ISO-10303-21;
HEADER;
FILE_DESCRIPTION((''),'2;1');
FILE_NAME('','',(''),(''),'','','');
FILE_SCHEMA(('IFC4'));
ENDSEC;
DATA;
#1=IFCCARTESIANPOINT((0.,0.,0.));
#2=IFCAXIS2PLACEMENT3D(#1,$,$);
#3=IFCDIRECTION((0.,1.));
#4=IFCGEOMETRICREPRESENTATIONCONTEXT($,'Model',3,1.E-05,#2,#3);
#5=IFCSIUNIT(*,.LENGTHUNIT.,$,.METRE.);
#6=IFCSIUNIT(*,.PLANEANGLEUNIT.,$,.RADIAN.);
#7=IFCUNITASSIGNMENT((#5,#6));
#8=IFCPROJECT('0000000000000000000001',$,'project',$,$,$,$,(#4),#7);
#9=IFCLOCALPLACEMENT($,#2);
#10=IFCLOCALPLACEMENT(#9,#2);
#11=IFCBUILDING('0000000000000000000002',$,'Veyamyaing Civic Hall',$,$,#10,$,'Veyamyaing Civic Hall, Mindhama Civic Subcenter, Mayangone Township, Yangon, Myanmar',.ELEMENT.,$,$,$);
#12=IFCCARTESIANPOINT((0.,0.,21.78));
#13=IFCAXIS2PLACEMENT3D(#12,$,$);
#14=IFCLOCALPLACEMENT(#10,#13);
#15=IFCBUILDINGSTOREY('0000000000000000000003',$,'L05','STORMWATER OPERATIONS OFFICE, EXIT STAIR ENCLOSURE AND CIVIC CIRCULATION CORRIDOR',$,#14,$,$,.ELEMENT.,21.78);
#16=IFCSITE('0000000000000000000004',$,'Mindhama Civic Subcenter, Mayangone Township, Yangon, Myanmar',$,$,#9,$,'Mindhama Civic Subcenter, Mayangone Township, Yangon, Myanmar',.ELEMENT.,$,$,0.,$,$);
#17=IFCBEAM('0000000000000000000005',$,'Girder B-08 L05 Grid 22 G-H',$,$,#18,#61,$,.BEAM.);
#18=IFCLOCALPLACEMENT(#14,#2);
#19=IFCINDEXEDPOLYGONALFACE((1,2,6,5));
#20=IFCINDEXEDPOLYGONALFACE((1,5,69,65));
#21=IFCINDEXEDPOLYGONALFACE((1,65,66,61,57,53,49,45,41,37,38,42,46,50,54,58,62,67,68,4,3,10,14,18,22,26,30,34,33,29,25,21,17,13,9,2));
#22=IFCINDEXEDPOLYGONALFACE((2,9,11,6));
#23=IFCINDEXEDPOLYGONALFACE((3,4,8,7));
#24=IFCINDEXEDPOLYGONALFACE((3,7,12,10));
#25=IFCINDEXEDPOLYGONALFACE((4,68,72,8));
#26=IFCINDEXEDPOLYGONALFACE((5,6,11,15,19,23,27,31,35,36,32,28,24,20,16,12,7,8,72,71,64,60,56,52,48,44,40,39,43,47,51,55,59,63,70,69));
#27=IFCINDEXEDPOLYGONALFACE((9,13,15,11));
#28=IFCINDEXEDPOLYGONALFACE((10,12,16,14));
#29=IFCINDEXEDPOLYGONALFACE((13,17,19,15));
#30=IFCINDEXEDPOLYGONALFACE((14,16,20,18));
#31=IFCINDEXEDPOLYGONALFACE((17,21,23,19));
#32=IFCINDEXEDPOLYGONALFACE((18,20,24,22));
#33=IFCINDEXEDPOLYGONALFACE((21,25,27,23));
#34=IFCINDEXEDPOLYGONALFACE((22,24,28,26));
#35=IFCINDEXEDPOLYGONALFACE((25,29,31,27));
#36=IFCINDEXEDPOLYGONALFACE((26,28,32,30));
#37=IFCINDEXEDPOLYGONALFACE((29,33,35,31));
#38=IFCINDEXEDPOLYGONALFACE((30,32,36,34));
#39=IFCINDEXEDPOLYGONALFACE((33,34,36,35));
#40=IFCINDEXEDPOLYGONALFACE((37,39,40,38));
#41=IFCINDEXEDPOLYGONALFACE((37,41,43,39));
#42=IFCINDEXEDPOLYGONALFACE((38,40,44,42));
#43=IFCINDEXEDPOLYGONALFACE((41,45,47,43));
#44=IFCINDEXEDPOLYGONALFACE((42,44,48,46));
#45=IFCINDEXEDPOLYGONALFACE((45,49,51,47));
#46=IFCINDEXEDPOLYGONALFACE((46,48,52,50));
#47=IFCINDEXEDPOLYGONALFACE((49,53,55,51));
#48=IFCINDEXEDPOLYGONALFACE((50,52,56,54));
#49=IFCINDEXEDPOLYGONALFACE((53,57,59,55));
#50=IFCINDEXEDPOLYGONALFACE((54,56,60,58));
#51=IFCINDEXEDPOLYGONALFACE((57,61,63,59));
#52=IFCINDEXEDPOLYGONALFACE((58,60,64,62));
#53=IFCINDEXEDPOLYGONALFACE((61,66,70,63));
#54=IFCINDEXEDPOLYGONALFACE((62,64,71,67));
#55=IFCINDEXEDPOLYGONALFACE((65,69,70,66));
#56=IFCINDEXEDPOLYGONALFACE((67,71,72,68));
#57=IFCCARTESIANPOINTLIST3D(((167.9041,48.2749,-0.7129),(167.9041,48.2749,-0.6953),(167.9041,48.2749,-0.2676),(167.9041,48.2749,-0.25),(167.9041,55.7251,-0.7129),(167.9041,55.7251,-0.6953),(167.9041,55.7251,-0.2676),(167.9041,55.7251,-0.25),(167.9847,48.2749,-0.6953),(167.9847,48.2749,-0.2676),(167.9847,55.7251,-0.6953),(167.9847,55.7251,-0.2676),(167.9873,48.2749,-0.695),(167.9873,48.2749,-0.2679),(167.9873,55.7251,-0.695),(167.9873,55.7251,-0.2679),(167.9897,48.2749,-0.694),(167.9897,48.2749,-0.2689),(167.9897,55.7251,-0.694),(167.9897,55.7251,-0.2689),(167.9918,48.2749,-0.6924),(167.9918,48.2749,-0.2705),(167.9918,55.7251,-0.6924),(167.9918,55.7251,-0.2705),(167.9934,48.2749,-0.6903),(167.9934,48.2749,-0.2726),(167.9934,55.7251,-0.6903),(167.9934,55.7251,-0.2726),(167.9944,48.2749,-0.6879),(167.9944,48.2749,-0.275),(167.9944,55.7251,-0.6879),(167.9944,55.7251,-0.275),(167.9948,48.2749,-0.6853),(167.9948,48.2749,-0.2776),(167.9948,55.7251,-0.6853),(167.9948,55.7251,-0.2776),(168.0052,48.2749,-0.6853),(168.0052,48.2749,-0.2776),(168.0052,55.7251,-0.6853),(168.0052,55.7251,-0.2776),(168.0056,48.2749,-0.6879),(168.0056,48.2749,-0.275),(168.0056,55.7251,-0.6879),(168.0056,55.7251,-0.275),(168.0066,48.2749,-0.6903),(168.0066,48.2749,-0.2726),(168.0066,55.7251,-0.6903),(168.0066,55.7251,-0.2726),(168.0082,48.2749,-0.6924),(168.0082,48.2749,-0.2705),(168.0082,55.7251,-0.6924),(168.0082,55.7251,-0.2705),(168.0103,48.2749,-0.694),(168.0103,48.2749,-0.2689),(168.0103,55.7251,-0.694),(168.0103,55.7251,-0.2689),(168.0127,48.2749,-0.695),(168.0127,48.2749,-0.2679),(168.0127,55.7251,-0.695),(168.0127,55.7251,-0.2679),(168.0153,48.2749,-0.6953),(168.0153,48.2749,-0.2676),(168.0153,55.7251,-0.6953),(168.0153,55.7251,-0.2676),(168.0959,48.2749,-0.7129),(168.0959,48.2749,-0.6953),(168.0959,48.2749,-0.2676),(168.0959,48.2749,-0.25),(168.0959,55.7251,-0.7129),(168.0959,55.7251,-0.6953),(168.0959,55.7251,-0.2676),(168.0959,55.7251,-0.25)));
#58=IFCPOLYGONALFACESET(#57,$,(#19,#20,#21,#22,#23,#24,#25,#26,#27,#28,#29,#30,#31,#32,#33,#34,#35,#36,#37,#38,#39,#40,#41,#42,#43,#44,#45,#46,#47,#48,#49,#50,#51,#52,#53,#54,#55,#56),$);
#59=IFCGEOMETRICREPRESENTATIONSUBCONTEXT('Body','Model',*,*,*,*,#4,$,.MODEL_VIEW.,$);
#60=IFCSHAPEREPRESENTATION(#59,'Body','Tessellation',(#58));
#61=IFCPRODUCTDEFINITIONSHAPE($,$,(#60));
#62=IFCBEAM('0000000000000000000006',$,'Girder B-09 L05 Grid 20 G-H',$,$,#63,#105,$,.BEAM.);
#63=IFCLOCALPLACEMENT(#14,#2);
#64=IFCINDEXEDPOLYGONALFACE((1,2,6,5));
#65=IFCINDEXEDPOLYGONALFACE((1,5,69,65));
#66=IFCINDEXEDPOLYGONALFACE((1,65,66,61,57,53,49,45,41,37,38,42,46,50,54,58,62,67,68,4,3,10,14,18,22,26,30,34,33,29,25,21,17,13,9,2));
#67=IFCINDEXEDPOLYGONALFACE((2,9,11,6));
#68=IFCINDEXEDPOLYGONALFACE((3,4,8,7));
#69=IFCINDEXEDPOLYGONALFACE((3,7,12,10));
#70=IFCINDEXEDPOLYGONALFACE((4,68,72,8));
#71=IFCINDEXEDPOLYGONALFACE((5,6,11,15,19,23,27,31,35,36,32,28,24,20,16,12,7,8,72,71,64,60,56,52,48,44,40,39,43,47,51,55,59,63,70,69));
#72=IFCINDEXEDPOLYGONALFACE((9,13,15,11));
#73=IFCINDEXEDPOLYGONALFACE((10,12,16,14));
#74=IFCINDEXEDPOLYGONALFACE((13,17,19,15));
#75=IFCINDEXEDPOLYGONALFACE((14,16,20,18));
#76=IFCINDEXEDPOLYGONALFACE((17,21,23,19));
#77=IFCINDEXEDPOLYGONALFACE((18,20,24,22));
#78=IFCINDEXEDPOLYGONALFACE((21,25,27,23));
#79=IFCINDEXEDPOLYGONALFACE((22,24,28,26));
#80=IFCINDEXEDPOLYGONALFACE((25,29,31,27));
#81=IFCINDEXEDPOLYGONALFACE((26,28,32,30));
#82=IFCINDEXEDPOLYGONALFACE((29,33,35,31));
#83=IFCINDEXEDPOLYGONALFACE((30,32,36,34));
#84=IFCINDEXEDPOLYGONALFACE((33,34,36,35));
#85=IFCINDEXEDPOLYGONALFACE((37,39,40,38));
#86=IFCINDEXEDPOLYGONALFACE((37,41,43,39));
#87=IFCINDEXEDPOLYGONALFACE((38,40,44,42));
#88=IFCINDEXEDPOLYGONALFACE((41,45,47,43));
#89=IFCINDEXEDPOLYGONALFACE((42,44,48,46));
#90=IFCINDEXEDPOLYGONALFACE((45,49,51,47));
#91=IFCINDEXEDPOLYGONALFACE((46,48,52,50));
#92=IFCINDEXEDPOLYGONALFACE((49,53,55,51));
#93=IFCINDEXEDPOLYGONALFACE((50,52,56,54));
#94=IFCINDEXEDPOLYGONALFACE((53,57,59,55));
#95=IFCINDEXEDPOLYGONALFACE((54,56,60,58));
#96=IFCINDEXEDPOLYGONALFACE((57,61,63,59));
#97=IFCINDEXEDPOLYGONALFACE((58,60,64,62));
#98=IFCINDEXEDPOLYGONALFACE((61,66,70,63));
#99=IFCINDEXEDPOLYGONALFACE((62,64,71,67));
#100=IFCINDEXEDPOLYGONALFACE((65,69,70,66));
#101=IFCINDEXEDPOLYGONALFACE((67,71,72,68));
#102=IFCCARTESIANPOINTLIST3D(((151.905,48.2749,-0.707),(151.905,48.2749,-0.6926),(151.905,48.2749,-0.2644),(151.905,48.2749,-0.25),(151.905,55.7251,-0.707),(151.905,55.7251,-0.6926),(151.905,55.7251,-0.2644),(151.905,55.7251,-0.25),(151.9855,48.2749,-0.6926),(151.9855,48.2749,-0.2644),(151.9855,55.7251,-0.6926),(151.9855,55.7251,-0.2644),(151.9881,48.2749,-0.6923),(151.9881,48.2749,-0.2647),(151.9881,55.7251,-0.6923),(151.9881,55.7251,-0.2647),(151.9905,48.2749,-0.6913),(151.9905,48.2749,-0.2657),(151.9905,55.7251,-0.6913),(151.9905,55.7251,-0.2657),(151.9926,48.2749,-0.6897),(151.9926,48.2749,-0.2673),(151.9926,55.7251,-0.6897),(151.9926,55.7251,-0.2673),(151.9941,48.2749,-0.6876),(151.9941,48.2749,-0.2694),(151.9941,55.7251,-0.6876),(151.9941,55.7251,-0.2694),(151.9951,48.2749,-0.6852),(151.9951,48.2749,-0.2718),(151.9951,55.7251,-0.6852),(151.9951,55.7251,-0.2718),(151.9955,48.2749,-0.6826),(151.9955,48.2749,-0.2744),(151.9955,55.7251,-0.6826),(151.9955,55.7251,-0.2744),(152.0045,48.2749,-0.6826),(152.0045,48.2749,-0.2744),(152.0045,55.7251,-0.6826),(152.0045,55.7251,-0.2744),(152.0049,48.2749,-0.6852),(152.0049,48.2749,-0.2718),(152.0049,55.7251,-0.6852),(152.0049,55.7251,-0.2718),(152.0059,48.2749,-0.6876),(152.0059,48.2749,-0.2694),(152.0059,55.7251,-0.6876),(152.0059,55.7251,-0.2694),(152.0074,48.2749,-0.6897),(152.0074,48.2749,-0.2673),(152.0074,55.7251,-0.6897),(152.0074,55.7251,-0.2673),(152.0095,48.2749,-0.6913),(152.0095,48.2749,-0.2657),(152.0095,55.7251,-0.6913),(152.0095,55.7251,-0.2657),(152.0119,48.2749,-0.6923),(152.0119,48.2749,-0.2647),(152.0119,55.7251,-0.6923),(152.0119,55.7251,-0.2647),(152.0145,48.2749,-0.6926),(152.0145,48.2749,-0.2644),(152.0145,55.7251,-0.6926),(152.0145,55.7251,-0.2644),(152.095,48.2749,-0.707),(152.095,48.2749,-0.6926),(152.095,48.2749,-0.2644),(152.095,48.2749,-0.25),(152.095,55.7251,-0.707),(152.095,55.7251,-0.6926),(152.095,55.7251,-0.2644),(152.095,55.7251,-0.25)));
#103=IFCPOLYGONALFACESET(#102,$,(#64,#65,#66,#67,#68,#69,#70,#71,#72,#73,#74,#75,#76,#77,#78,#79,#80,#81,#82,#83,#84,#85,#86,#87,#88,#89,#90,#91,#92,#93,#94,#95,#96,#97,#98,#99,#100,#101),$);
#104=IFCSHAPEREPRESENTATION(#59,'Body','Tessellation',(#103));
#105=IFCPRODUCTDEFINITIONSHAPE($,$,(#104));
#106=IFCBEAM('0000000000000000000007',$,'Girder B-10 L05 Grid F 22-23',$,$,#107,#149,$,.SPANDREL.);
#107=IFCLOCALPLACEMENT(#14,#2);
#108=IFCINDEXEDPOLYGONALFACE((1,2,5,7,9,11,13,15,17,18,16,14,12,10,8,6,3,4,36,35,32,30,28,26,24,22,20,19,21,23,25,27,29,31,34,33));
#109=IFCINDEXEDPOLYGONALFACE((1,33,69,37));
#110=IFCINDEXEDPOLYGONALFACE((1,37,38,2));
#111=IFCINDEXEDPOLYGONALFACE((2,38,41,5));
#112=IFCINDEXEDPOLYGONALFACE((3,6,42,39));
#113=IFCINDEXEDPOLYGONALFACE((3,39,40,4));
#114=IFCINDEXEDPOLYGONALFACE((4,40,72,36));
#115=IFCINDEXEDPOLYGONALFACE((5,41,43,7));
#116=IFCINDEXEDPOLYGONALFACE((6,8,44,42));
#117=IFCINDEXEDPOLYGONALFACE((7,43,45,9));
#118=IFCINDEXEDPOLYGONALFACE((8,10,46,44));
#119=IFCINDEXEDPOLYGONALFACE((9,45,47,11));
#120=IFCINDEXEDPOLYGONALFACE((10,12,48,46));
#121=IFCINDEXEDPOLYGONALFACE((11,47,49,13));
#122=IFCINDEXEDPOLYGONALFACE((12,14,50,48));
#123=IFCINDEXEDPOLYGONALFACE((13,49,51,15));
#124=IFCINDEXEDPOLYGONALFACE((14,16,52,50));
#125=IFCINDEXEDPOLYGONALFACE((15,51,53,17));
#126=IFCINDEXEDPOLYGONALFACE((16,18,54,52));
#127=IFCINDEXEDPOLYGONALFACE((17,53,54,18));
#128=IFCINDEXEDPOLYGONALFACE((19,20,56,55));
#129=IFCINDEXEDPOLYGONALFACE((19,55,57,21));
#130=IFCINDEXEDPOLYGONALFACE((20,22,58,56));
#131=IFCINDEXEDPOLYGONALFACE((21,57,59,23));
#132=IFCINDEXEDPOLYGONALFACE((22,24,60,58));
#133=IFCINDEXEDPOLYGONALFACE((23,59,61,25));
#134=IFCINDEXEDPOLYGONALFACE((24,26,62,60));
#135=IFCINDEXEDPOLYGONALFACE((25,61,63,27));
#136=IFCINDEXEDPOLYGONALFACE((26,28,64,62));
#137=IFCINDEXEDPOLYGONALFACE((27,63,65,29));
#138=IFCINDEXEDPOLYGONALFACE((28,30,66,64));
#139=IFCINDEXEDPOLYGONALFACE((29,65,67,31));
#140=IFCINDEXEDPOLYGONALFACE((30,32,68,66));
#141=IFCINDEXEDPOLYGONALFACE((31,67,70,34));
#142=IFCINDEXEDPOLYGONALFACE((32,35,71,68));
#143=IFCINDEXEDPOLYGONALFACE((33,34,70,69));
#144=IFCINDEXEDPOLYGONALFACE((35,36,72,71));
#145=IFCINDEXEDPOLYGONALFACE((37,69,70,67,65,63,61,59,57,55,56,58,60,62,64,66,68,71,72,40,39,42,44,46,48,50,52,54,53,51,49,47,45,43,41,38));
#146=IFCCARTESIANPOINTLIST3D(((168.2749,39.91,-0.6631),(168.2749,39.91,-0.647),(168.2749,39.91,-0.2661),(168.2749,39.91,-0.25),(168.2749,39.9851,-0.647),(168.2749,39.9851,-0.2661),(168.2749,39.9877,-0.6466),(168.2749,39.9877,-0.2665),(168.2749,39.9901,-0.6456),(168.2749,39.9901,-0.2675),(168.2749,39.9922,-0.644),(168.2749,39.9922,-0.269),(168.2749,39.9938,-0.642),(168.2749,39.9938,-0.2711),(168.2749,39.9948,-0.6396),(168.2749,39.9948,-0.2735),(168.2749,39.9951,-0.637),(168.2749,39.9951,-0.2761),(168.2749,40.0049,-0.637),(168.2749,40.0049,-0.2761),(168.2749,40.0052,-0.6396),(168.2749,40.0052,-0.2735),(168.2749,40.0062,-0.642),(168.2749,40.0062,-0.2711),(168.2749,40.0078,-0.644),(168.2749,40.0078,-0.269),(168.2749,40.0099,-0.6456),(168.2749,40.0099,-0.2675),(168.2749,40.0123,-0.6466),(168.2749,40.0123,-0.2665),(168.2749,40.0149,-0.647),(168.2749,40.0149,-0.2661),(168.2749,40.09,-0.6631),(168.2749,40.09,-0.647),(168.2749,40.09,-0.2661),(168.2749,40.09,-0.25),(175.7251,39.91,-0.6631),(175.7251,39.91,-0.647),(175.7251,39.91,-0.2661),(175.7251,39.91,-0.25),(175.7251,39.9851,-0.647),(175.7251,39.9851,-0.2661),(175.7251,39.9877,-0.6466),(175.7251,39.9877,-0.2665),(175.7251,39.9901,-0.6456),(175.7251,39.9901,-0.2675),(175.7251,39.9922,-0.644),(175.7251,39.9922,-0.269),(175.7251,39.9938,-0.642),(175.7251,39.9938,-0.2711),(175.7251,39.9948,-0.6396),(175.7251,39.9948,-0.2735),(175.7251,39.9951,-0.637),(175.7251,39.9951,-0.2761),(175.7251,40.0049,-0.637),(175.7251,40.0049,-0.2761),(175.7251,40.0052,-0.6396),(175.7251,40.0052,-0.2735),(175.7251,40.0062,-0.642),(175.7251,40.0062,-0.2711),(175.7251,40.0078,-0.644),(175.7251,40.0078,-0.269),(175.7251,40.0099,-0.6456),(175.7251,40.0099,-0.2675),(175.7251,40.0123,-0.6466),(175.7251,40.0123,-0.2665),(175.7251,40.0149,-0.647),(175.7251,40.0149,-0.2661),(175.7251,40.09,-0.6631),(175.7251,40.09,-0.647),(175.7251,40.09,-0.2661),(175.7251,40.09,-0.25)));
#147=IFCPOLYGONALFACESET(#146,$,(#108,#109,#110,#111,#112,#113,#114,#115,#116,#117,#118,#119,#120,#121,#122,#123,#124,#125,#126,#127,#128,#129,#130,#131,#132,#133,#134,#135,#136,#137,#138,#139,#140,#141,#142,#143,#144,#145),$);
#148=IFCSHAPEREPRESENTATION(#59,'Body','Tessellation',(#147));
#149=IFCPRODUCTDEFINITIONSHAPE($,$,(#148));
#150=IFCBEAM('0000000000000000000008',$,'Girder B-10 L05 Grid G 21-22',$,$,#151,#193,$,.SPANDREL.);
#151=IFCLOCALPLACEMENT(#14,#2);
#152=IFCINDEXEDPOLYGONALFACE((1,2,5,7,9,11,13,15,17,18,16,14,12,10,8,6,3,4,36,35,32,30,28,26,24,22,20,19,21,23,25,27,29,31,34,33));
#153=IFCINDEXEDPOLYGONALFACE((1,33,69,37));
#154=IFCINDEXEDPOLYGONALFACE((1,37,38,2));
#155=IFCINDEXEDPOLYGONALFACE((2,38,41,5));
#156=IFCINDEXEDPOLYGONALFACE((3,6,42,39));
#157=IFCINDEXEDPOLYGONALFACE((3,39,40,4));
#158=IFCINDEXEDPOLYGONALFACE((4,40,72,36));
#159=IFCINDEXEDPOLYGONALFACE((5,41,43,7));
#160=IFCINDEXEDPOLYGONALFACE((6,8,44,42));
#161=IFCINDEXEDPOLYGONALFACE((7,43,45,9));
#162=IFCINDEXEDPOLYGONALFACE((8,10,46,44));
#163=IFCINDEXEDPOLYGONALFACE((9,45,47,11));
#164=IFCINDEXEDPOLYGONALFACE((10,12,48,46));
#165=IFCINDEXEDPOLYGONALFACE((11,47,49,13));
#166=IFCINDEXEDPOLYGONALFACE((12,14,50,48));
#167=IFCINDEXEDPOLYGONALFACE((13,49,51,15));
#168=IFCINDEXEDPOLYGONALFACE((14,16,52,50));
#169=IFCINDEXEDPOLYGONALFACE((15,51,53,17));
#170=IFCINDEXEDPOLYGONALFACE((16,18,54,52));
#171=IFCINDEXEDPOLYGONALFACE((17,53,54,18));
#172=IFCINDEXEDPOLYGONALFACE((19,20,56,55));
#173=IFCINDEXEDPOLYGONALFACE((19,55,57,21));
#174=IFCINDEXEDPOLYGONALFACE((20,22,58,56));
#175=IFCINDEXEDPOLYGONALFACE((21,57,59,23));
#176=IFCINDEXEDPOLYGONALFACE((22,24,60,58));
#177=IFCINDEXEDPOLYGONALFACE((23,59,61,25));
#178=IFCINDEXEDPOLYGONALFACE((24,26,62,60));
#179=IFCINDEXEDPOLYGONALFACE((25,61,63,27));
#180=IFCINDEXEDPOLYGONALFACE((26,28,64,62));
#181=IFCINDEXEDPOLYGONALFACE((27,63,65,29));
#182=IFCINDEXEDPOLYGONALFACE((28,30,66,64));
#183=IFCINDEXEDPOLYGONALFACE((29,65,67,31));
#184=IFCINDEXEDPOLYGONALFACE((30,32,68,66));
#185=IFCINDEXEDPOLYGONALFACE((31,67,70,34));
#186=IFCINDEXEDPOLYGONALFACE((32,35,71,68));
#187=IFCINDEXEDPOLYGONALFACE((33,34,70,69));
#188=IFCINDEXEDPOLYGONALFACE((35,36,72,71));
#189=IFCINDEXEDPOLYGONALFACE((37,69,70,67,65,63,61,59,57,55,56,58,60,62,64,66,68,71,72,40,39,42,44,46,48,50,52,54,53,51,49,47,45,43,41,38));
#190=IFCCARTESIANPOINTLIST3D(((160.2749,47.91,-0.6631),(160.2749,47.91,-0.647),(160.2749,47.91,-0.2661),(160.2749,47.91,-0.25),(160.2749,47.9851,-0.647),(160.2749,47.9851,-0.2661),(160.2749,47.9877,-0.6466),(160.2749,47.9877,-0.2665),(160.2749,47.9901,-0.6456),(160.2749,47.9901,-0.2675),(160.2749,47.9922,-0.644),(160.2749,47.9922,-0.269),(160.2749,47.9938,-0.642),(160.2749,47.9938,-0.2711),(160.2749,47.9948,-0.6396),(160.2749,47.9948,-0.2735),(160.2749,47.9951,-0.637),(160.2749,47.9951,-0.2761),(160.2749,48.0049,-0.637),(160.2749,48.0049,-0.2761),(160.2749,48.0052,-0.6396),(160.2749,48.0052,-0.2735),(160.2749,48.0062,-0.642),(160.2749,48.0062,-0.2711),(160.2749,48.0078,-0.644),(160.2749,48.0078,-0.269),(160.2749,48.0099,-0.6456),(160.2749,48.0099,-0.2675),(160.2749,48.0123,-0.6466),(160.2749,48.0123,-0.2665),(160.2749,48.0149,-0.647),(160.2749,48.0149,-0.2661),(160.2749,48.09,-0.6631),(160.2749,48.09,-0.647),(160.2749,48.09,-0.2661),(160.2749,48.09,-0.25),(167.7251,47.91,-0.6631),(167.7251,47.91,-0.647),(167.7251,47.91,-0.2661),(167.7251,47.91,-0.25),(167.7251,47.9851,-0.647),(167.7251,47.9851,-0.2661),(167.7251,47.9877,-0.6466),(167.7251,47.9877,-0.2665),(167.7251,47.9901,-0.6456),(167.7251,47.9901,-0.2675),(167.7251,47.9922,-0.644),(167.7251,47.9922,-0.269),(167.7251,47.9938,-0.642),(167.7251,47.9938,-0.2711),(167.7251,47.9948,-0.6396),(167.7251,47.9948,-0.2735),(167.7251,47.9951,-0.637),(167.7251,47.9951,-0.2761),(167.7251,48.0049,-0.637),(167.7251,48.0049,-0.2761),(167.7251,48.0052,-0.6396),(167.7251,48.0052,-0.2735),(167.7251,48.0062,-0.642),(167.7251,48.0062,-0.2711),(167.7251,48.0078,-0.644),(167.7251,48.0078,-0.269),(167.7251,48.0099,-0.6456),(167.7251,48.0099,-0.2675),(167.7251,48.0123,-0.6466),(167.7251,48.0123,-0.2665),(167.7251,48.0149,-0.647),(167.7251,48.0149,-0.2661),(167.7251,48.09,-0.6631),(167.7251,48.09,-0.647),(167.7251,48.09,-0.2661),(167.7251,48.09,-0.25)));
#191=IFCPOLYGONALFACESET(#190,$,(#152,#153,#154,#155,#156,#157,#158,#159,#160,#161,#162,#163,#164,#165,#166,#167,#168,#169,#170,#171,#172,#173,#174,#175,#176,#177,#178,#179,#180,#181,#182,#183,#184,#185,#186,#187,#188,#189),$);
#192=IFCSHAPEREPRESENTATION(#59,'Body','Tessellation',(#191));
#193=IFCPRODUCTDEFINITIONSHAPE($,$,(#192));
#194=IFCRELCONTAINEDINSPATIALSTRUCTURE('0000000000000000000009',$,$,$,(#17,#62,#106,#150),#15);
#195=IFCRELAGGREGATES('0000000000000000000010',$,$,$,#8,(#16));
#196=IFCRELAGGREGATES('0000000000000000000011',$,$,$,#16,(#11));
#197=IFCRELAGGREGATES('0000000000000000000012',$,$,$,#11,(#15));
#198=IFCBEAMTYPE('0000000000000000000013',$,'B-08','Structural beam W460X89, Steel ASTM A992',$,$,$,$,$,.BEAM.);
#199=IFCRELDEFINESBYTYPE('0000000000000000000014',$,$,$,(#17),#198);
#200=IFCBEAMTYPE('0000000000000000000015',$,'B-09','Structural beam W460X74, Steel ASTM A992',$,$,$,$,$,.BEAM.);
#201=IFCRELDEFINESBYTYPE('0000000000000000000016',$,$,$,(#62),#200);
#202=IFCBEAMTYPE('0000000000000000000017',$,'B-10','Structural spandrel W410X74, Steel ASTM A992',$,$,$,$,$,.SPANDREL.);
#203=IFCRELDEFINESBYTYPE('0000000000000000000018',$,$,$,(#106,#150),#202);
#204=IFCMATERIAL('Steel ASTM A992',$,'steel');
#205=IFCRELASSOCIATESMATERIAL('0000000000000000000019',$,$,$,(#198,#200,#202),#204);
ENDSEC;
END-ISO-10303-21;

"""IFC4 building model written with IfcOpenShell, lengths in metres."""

from ifc_helpers import new_model, si_unit, direction, frame, origin, origin_2d, place, context, subcontext, project, spatial, i_section, extrude, material, material_profile, profile_set, type_object, element, save


model = new_model("IFC4")

# Units and contexts
model_context = context("Model", 3, precision=1e-05, world=origin(), true_north=direction((0.0, 1.0)))
body_context = subcontext(model_context, "Body", "Model", "MODEL_VIEW")
ifc_project = project(units=[si_unit("LENGTHUNIT", "METRE"), si_unit("PLANEANGLEUNIT", "RADIAN")], contexts=[model_context])

# Site, building, storey
site_placement = place(None, origin())
site = spatial("IfcSite", under=ifc_project, at=site_placement, Name="Mindhama Civic Subcenter, Mayangone Township, Yangon, Myanmar", LongName="Mindhama Civic Subcenter, Mayangone Township, Yangon, Myanmar", CompositionType="ELEMENT", RefElevation=0.0)
building_placement = place(site_placement, origin())
building = spatial("IfcBuilding", under=site, at=building_placement, Name="Veyamyaing Civic Hall", LongName="Veyamyaing Civic Hall, Mindhama Civic Subcenter, Mayangone Township, Yangon, Myanmar", CompositionType="ELEMENT")
storey_placement = place(building_placement, frame((0.0, 0.0, 21.78)))
storey = spatial("IfcBuildingStorey", under=building, at=storey_placement, Name="L05", Description="STORMWATER OPERATIONS OFFICE, EXIT STAIR ENCLOSURE AND CIVIC CIRCULATION CORRIDOR", CompositionType="ELEMENT", Elevation=21.78)

# Beams
ifc_material = material(Name="Steel ASTM A992", Category="steel")
ifc_material_profile_1 = material_profile(ifc_material, i_section(OverallWidth=0.1919, OverallDepth=0.4629, WebThickness=0.0105, FlangeThickness=0.0176, FilletRadius=0.01, at=origin_2d()), Name="W460X89")
ifc_profile_set_1 = profile_set([ifc_material_profile_1], Name="Steel ASTM A992")
beam_type_1 = type_object("IfcBeamType", Name="B-08", Description="Structural beam W460X89, Steel ASTM A992", PredefinedType="BEAM", material=ifc_profile_set_1)
beam_1_placement = place(storey_placement, frame((168.0, 48.2749, -0.4814), z_axis=(0.0, 1.0, 0.0), x_axis=(-1.0, 0.0, 0.0)))
element("IfcBeam", 1, at=beam_1_placement, inside=storey, type_object=beam_type_1, Name="Girder B-08 L05 Grid 22 G-H", PredefinedType="BEAM", context=body_context, shape_type="SweptSolid", body=[
    extrude(i_section(OverallWidth=0.1919, OverallDepth=0.4629, WebThickness=0.0105, FlangeThickness=0.0176, FilletRadius=0.01, at=origin_2d()), origin(), (0.0, 0.0, 1.0), 7.4502),
])
ifc_material_profile_2 = material_profile(ifc_material, i_section(OverallWidth=0.1899, OverallDepth=0.457, WebThickness=0.009, FlangeThickness=0.0144, FilletRadius=0.01, at=origin_2d()), Name="W460X74")
ifc_profile_set_2 = profile_set([ifc_material_profile_2], Name="Steel ASTM A992")
beam_type_2 = type_object("IfcBeamType", Name="B-09", Description="Structural beam W460X74, Steel ASTM A992", PredefinedType="BEAM", material=ifc_profile_set_2)
beam_2_placement = place(storey_placement, frame((152.0, 48.2749, -0.4785), z_axis=(0.0, 1.0, 0.0), x_axis=(-1.0, 0.0, 0.0)))
element("IfcBeam", 2, at=beam_2_placement, inside=storey, type_object=beam_type_2, Name="Girder B-09 L05 Grid 20 G-H", PredefinedType="BEAM", context=body_context, shape_type="SweptSolid", body=[
    extrude(i_section(OverallWidth=0.1899, OverallDepth=0.457, WebThickness=0.009, FlangeThickness=0.0144, FilletRadius=0.01, at=origin_2d()), origin(), (0.0, 0.0, 1.0), 7.4502),
])
ifc_material_profile_3 = material_profile(ifc_material, i_section(OverallWidth=0.1799, OverallDepth=0.4131, WebThickness=0.0098, FlangeThickness=0.0161, FilletRadius=0.01, at=origin_2d()), Name="W410X74")
ifc_profile_set_3 = profile_set([ifc_material_profile_3], Name="Steel ASTM A992")
beam_type_3 = type_object("IfcBeamType", Name="B-10", Description="Structural spandrel W410X74, Steel ASTM A992", PredefinedType="SPANDREL", material=ifc_profile_set_3)
for number, where, z_axis, x_axis, name in (
    (3, (168.2749, 40.0, -0.4565), (1.0, 0.0, 0.0), (0.0, 1.0, 0.0), "Girder B-10 L05 Grid F 22-23"),
    (4, (160.2749, 48.0, -0.4565), (1.0, 0.0, 0.0), (0.0, 1.0, 0.0), "Girder B-10 L05 Grid G 21-22"),
):
    element("IfcBeam", number, at=place(storey_placement, frame(where, z_axis=z_axis, x_axis=x_axis)), inside=storey, type_object=beam_type_3, Name=name, PredefinedType="SPANDREL", context=body_context, shape_type="SweptSolid", body=[
        extrude(i_section(OverallWidth=0.1799, OverallDepth=0.4131, WebThickness=0.0098, FlangeThickness=0.0161, FilletRadius=0.01, at=origin_2d()), origin(), (0.0, 0.0, 1.0), 7.4502),
    ])

save(model, "model.ifc")
